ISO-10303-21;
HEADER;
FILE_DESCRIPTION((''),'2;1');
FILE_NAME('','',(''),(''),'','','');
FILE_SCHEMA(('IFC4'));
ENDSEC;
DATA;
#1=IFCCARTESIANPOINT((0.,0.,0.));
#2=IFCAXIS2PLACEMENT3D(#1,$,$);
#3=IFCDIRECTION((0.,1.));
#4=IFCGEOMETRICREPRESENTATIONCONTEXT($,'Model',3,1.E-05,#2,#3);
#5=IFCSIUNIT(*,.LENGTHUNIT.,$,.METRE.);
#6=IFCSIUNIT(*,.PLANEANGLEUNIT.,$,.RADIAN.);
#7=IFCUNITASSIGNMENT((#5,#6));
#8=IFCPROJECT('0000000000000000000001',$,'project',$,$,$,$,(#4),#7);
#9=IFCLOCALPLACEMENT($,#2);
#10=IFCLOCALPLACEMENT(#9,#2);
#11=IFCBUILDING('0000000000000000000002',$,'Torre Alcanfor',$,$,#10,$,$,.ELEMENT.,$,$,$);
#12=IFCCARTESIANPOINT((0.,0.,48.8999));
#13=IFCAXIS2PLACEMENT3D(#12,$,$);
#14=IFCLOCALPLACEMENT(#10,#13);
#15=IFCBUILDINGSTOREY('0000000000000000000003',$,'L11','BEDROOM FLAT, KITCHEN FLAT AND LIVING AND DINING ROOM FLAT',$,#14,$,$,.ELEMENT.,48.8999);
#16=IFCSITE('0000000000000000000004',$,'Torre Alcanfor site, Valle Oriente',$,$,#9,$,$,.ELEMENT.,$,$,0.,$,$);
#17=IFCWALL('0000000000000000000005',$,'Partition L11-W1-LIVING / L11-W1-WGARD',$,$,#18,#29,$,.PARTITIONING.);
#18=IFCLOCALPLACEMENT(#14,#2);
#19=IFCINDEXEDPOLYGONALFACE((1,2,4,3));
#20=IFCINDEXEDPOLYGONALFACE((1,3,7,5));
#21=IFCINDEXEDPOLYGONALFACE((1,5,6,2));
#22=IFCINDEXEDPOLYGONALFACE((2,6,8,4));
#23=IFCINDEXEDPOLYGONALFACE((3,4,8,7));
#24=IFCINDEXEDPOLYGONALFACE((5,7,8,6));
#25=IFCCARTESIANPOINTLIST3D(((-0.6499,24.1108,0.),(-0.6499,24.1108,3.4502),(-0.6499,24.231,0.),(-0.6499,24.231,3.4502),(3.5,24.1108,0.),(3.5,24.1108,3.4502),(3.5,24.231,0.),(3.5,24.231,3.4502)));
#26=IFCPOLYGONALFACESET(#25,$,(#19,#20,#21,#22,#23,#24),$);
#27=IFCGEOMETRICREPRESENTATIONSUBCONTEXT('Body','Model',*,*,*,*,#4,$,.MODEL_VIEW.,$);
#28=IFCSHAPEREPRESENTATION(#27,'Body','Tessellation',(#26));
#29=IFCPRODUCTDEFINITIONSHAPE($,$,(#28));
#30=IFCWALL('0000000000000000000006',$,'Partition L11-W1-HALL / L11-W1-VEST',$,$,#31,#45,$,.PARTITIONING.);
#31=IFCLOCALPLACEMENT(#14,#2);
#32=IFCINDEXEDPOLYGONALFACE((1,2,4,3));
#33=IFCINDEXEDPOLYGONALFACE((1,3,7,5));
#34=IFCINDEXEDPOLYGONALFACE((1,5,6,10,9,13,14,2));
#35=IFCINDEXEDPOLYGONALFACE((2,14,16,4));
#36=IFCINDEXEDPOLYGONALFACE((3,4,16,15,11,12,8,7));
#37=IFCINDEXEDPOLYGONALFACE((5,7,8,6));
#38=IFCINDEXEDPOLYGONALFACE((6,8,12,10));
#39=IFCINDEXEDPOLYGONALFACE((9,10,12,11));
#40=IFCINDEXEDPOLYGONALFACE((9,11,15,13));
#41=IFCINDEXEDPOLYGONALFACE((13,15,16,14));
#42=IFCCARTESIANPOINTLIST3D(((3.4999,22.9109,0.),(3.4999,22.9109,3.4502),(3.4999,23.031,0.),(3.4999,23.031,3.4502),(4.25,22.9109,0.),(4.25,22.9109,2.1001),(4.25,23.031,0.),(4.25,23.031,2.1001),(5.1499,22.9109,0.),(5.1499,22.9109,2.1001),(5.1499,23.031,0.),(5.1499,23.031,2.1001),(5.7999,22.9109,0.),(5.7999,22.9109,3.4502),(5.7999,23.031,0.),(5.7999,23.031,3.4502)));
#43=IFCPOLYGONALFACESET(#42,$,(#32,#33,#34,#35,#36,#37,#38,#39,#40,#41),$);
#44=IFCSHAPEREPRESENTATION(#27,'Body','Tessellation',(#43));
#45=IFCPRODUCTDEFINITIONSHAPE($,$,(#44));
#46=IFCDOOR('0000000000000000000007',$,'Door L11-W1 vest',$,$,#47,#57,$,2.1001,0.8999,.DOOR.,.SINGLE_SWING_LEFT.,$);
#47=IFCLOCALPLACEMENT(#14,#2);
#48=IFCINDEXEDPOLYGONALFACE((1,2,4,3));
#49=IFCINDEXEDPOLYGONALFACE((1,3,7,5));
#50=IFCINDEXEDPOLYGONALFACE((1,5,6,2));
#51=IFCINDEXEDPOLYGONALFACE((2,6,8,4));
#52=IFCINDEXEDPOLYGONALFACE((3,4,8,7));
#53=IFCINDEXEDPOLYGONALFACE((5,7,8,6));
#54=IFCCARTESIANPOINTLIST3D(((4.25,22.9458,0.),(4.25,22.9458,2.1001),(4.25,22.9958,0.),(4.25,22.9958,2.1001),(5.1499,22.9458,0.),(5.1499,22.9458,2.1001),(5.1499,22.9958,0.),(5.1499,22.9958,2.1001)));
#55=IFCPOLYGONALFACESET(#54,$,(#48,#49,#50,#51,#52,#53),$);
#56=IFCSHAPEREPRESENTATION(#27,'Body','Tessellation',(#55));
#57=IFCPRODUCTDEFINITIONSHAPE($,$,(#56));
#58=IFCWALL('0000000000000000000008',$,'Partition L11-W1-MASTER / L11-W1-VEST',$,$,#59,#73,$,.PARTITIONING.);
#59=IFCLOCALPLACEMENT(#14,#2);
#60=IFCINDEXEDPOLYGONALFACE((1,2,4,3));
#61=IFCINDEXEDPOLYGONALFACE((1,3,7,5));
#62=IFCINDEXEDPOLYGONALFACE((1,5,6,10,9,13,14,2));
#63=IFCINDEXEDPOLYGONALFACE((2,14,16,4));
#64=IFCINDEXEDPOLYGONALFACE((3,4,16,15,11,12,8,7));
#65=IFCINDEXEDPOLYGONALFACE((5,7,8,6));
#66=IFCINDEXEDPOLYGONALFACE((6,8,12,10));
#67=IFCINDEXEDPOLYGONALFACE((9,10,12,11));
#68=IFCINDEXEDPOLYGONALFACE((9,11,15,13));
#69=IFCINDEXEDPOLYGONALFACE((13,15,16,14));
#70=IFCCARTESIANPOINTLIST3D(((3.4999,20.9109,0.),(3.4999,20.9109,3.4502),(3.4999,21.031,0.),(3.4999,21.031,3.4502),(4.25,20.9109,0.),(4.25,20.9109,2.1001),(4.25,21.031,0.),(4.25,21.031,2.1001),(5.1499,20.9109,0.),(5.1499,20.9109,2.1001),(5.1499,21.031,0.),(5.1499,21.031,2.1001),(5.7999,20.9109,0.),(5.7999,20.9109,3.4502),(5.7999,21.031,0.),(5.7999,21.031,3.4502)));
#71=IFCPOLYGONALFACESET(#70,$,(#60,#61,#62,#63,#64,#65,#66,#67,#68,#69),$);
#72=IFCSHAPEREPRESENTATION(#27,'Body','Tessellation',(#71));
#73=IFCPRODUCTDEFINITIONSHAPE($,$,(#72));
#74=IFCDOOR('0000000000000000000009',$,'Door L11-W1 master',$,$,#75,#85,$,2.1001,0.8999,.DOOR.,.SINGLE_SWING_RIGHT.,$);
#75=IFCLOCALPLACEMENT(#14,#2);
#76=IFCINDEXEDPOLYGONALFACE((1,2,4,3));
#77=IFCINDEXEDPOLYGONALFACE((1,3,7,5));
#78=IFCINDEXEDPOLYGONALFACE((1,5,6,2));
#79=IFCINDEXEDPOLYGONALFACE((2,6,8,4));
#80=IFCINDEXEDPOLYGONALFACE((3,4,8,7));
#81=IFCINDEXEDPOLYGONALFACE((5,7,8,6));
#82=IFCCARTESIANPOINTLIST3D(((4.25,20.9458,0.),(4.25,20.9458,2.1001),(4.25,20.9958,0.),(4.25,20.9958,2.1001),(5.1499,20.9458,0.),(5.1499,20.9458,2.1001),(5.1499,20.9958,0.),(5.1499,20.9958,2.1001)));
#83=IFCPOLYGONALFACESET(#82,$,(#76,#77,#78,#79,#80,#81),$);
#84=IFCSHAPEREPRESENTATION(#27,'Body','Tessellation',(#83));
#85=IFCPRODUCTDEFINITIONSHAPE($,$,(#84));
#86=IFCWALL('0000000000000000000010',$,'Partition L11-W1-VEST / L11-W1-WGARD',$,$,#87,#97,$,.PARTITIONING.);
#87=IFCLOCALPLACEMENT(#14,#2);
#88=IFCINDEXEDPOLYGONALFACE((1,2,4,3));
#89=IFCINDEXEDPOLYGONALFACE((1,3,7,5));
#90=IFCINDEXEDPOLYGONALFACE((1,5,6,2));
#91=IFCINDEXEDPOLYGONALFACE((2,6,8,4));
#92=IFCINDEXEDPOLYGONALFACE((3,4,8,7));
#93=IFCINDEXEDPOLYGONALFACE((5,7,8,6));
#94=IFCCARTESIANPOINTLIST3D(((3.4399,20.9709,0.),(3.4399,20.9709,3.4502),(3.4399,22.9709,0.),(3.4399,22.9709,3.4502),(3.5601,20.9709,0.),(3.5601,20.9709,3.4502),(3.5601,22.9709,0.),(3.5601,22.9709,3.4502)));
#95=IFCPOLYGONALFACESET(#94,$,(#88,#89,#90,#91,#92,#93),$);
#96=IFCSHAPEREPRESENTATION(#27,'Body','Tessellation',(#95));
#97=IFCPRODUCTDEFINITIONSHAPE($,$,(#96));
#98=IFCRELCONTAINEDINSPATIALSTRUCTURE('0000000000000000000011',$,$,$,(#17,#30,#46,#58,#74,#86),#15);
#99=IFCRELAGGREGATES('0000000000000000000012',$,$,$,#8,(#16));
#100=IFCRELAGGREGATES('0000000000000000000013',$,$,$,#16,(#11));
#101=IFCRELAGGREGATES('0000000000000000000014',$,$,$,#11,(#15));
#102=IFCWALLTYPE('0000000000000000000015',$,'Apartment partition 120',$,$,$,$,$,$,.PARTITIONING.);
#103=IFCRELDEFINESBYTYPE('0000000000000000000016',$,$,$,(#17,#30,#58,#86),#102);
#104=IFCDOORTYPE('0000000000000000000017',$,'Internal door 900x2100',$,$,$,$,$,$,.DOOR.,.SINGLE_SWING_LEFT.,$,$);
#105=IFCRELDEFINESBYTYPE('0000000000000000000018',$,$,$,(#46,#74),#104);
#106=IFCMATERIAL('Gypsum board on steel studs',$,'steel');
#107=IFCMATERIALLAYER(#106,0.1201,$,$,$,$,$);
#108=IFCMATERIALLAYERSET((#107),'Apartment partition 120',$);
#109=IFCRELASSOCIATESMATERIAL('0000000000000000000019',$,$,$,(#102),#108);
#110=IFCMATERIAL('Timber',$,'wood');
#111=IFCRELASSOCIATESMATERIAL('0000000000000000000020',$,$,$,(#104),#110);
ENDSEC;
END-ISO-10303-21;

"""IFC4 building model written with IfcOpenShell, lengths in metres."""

from ifc_helpers import new_model, si_unit, direction, frame, frame_2d, origin, place, context, subcontext, project, spatial, rectangle, extrude, material, layer, layer_set, type_object, element, fill, save


model = new_model("IFC4")

# Units and contexts
model_context = context("Model", 3, precision=1e-05, world=origin(), true_north=direction((0.0, 1.0)))
body_context = subcontext(model_context, "Body", "Model", "MODEL_VIEW")
ifc_project = project(units=[si_unit("LENGTHUNIT", "METRE"), si_unit("PLANEANGLEUNIT", "RADIAN")], contexts=[model_context])

# Site, building, storey
site_placement = place(None, origin())
site = spatial("IfcSite", under=ifc_project, at=site_placement, Name="Torre Alcanfor site, Valle Oriente", CompositionType="ELEMENT", RefElevation=0.0)
building_placement = place(site_placement, origin())
building = spatial("IfcBuilding", under=site, at=building_placement, Name="Torre Alcanfor", CompositionType="ELEMENT")
storey_placement = place(building_placement, frame((0.0, 0.0, 48.8999)))
storey = spatial("IfcBuildingStorey", under=building, at=storey_placement, Name="L11", Description="BEDROOM FLAT, KITCHEN FLAT AND LIVING AND DINING ROOM FLAT", CompositionType="ELEMENT", Elevation=48.8999)

# Shared definitions
ifc_material_1 = material(Name="Gypsum board on steel studs", Category="steel")
ifc_layer_1 = layer(ifc_material_1, 0.1201)
ifc_layer_set_1 = layer_set([ifc_layer_1], Name="Apartment partition 120")
wall_type_1 = type_object("IfcWallType", Name="Apartment partition 120", PredefinedType="PARTITIONING", material=ifc_layer_set_1)
ifc_material_2 = material(Name="Timber", Category="wood")
door_type = type_object("IfcDoorType", Name="Internal door 900x2100", OperationType="SINGLE_SWING_LEFT", PredefinedType="DOOR", material=ifc_material_2)

# Wall
wall_1_placement = place(storey_placement, frame((-0.6499, 24.1709, 0.0), z_axis=(0.0, 0.0, 1.0), x_axis=(1.0, 0.0, 0.0)))
element("IfcWall", 1, at=wall_1_placement, inside=storey, type_object=wall_type_1, Name="Partition L11-W1-LIVING / L11-W1-WGARD", PredefinedType="PARTITIONING", context=body_context, shape_type="SweptSolid", body=[
    extrude(rectangle(XDim=4.1499, YDim=0.1201, at=frame_2d((2.075, 0.0))), origin(), (0.0, 0.0, 1.0), 3.4502),
])

# Walls, openings, doors
wall_2_placement = place(storey_placement, frame((3.5, 22.9709, 0.0), z_axis=(0.0, 0.0, 1.0), x_axis=(1.0, 0.0, 0.0)))
wall_2 = element("IfcWall", 2, at=wall_2_placement, inside=storey, type_object=wall_type_1, Name="Partition L11-W1-HALL / L11-W1-VEST", PredefinedType="PARTITIONING", context=body_context, shape_type="SweptSolid", body=[
    extrude(rectangle(XDim=2.3, YDim=0.1201, at=frame_2d((1.1499, 0.0))), origin(), (0.0, 0.0, 1.0), 3.4502),
])
opening_1_placement = place(wall_2_placement, frame((0.75, 0.0, 0.0)))
opening_1 = element("IfcOpeningElement", 3, at=opening_1_placement, cuts=wall_2, PredefinedType="OPENING", context=body_context, shape_type="SweptSolid", body=[
    extrude(rectangle(XDim=0.8999, YDim=2.1001, at=frame_2d((0.45, 1.05))), frame((0.0, 0.0701, 0.0), z_axis=(0.0, -1.0, 0.0), x_axis=(1.0, 0.0, 0.0)), (0.0, 0.0, 1.0), 0.1401),
])
door_1_placement = place(opening_1_placement, frame((0.8999, 0.0, 0.0), z_axis=(0.0, 0.0, 1.0), x_axis=(-1.0, 0.0, 0.0)))
door_1 = element("IfcDoor", 4, at=door_1_placement, inside=storey, type_object=door_type, Name="Door L11-W1 vest", OperationType="SINGLE_SWING_LEFT", OverallHeight=2.1001, OverallWidth=0.8999, PredefinedType="DOOR", context=body_context, shape_type="SweptSolid", body=[
    extrude(rectangle(XDim=0.8999, YDim=2.1001, at=frame_2d((0.45, 1.05))), frame((0.0, 0.0251, 0.0), z_axis=(0.0, -1.0, 0.0), x_axis=(1.0, 0.0, 0.0)), (0.0, 0.0, 1.0), 0.05),
])
fill(opening_1, door_1)
wall_3_placement = place(storey_placement, frame((3.5, 20.9709, 0.0), z_axis=(0.0, 0.0, 1.0), x_axis=(1.0, 0.0, 0.0)))
wall_3 = element("IfcWall", 5, at=wall_3_placement, inside=storey, type_object=wall_type_1, Name="Partition L11-W1-MASTER / L11-W1-VEST", PredefinedType="PARTITIONING", context=body_context, shape_type="SweptSolid", body=[
    extrude(rectangle(XDim=2.3, YDim=0.1201, at=frame_2d((1.1499, 0.0))), origin(), (0.0, 0.0, 1.0), 3.4502),
])
opening_2_placement = place(wall_3_placement, frame((0.75, 0.0, 0.0)))
opening_2 = element("IfcOpeningElement", 6, at=opening_2_placement, cuts=wall_3, PredefinedType="OPENING", context=body_context, shape_type="SweptSolid", body=[
    extrude(rectangle(XDim=0.8999, YDim=2.1001, at=frame_2d((0.45, 1.05))), frame((0.0, 0.0701, 0.0), z_axis=(0.0, -1.0, 0.0), x_axis=(1.0, 0.0, 0.0)), (0.0, 0.0, 1.0), 0.1401),
])
door_2_placement = place(opening_2_placement, origin())
door_2 = element("IfcDoor", 7, at=door_2_placement, inside=storey, type_object=door_type, Name="Door L11-W1 master", OperationType="SINGLE_SWING_RIGHT", OverallHeight=2.1001, OverallWidth=0.8999, PredefinedType="DOOR", context=body_context, shape_type="SweptSolid", body=[
    extrude(rectangle(XDim=0.8999, YDim=2.1001, at=frame_2d((0.45, 1.05))), frame((0.0, 0.0249, 0.0), z_axis=(0.0, -1.0, 0.0), x_axis=(1.0, 0.0, 0.0)), (0.0, 0.0, 1.0), 0.05),
])
fill(opening_2, door_2)

# Wall
wall_4_placement = place(storey_placement, frame((3.5, 22.9709, 0.0), z_axis=(0.0, 0.0, 1.0), x_axis=(0.0, -1.0, 0.0)))
element("IfcWall", 8, at=wall_4_placement, inside=storey, type_object=wall_type_1, Name="Partition L11-W1-VEST / L11-W1-WGARD", PredefinedType="PARTITIONING", context=body_context, shape_type="SweptSolid", body=[
    extrude(rectangle(XDim=2.0, YDim=0.1201, at=frame_2d((1.0, 0.0))), origin(), (0.0, 0.0, 1.0), 3.4502),
])

save(model, "model.ifc")
